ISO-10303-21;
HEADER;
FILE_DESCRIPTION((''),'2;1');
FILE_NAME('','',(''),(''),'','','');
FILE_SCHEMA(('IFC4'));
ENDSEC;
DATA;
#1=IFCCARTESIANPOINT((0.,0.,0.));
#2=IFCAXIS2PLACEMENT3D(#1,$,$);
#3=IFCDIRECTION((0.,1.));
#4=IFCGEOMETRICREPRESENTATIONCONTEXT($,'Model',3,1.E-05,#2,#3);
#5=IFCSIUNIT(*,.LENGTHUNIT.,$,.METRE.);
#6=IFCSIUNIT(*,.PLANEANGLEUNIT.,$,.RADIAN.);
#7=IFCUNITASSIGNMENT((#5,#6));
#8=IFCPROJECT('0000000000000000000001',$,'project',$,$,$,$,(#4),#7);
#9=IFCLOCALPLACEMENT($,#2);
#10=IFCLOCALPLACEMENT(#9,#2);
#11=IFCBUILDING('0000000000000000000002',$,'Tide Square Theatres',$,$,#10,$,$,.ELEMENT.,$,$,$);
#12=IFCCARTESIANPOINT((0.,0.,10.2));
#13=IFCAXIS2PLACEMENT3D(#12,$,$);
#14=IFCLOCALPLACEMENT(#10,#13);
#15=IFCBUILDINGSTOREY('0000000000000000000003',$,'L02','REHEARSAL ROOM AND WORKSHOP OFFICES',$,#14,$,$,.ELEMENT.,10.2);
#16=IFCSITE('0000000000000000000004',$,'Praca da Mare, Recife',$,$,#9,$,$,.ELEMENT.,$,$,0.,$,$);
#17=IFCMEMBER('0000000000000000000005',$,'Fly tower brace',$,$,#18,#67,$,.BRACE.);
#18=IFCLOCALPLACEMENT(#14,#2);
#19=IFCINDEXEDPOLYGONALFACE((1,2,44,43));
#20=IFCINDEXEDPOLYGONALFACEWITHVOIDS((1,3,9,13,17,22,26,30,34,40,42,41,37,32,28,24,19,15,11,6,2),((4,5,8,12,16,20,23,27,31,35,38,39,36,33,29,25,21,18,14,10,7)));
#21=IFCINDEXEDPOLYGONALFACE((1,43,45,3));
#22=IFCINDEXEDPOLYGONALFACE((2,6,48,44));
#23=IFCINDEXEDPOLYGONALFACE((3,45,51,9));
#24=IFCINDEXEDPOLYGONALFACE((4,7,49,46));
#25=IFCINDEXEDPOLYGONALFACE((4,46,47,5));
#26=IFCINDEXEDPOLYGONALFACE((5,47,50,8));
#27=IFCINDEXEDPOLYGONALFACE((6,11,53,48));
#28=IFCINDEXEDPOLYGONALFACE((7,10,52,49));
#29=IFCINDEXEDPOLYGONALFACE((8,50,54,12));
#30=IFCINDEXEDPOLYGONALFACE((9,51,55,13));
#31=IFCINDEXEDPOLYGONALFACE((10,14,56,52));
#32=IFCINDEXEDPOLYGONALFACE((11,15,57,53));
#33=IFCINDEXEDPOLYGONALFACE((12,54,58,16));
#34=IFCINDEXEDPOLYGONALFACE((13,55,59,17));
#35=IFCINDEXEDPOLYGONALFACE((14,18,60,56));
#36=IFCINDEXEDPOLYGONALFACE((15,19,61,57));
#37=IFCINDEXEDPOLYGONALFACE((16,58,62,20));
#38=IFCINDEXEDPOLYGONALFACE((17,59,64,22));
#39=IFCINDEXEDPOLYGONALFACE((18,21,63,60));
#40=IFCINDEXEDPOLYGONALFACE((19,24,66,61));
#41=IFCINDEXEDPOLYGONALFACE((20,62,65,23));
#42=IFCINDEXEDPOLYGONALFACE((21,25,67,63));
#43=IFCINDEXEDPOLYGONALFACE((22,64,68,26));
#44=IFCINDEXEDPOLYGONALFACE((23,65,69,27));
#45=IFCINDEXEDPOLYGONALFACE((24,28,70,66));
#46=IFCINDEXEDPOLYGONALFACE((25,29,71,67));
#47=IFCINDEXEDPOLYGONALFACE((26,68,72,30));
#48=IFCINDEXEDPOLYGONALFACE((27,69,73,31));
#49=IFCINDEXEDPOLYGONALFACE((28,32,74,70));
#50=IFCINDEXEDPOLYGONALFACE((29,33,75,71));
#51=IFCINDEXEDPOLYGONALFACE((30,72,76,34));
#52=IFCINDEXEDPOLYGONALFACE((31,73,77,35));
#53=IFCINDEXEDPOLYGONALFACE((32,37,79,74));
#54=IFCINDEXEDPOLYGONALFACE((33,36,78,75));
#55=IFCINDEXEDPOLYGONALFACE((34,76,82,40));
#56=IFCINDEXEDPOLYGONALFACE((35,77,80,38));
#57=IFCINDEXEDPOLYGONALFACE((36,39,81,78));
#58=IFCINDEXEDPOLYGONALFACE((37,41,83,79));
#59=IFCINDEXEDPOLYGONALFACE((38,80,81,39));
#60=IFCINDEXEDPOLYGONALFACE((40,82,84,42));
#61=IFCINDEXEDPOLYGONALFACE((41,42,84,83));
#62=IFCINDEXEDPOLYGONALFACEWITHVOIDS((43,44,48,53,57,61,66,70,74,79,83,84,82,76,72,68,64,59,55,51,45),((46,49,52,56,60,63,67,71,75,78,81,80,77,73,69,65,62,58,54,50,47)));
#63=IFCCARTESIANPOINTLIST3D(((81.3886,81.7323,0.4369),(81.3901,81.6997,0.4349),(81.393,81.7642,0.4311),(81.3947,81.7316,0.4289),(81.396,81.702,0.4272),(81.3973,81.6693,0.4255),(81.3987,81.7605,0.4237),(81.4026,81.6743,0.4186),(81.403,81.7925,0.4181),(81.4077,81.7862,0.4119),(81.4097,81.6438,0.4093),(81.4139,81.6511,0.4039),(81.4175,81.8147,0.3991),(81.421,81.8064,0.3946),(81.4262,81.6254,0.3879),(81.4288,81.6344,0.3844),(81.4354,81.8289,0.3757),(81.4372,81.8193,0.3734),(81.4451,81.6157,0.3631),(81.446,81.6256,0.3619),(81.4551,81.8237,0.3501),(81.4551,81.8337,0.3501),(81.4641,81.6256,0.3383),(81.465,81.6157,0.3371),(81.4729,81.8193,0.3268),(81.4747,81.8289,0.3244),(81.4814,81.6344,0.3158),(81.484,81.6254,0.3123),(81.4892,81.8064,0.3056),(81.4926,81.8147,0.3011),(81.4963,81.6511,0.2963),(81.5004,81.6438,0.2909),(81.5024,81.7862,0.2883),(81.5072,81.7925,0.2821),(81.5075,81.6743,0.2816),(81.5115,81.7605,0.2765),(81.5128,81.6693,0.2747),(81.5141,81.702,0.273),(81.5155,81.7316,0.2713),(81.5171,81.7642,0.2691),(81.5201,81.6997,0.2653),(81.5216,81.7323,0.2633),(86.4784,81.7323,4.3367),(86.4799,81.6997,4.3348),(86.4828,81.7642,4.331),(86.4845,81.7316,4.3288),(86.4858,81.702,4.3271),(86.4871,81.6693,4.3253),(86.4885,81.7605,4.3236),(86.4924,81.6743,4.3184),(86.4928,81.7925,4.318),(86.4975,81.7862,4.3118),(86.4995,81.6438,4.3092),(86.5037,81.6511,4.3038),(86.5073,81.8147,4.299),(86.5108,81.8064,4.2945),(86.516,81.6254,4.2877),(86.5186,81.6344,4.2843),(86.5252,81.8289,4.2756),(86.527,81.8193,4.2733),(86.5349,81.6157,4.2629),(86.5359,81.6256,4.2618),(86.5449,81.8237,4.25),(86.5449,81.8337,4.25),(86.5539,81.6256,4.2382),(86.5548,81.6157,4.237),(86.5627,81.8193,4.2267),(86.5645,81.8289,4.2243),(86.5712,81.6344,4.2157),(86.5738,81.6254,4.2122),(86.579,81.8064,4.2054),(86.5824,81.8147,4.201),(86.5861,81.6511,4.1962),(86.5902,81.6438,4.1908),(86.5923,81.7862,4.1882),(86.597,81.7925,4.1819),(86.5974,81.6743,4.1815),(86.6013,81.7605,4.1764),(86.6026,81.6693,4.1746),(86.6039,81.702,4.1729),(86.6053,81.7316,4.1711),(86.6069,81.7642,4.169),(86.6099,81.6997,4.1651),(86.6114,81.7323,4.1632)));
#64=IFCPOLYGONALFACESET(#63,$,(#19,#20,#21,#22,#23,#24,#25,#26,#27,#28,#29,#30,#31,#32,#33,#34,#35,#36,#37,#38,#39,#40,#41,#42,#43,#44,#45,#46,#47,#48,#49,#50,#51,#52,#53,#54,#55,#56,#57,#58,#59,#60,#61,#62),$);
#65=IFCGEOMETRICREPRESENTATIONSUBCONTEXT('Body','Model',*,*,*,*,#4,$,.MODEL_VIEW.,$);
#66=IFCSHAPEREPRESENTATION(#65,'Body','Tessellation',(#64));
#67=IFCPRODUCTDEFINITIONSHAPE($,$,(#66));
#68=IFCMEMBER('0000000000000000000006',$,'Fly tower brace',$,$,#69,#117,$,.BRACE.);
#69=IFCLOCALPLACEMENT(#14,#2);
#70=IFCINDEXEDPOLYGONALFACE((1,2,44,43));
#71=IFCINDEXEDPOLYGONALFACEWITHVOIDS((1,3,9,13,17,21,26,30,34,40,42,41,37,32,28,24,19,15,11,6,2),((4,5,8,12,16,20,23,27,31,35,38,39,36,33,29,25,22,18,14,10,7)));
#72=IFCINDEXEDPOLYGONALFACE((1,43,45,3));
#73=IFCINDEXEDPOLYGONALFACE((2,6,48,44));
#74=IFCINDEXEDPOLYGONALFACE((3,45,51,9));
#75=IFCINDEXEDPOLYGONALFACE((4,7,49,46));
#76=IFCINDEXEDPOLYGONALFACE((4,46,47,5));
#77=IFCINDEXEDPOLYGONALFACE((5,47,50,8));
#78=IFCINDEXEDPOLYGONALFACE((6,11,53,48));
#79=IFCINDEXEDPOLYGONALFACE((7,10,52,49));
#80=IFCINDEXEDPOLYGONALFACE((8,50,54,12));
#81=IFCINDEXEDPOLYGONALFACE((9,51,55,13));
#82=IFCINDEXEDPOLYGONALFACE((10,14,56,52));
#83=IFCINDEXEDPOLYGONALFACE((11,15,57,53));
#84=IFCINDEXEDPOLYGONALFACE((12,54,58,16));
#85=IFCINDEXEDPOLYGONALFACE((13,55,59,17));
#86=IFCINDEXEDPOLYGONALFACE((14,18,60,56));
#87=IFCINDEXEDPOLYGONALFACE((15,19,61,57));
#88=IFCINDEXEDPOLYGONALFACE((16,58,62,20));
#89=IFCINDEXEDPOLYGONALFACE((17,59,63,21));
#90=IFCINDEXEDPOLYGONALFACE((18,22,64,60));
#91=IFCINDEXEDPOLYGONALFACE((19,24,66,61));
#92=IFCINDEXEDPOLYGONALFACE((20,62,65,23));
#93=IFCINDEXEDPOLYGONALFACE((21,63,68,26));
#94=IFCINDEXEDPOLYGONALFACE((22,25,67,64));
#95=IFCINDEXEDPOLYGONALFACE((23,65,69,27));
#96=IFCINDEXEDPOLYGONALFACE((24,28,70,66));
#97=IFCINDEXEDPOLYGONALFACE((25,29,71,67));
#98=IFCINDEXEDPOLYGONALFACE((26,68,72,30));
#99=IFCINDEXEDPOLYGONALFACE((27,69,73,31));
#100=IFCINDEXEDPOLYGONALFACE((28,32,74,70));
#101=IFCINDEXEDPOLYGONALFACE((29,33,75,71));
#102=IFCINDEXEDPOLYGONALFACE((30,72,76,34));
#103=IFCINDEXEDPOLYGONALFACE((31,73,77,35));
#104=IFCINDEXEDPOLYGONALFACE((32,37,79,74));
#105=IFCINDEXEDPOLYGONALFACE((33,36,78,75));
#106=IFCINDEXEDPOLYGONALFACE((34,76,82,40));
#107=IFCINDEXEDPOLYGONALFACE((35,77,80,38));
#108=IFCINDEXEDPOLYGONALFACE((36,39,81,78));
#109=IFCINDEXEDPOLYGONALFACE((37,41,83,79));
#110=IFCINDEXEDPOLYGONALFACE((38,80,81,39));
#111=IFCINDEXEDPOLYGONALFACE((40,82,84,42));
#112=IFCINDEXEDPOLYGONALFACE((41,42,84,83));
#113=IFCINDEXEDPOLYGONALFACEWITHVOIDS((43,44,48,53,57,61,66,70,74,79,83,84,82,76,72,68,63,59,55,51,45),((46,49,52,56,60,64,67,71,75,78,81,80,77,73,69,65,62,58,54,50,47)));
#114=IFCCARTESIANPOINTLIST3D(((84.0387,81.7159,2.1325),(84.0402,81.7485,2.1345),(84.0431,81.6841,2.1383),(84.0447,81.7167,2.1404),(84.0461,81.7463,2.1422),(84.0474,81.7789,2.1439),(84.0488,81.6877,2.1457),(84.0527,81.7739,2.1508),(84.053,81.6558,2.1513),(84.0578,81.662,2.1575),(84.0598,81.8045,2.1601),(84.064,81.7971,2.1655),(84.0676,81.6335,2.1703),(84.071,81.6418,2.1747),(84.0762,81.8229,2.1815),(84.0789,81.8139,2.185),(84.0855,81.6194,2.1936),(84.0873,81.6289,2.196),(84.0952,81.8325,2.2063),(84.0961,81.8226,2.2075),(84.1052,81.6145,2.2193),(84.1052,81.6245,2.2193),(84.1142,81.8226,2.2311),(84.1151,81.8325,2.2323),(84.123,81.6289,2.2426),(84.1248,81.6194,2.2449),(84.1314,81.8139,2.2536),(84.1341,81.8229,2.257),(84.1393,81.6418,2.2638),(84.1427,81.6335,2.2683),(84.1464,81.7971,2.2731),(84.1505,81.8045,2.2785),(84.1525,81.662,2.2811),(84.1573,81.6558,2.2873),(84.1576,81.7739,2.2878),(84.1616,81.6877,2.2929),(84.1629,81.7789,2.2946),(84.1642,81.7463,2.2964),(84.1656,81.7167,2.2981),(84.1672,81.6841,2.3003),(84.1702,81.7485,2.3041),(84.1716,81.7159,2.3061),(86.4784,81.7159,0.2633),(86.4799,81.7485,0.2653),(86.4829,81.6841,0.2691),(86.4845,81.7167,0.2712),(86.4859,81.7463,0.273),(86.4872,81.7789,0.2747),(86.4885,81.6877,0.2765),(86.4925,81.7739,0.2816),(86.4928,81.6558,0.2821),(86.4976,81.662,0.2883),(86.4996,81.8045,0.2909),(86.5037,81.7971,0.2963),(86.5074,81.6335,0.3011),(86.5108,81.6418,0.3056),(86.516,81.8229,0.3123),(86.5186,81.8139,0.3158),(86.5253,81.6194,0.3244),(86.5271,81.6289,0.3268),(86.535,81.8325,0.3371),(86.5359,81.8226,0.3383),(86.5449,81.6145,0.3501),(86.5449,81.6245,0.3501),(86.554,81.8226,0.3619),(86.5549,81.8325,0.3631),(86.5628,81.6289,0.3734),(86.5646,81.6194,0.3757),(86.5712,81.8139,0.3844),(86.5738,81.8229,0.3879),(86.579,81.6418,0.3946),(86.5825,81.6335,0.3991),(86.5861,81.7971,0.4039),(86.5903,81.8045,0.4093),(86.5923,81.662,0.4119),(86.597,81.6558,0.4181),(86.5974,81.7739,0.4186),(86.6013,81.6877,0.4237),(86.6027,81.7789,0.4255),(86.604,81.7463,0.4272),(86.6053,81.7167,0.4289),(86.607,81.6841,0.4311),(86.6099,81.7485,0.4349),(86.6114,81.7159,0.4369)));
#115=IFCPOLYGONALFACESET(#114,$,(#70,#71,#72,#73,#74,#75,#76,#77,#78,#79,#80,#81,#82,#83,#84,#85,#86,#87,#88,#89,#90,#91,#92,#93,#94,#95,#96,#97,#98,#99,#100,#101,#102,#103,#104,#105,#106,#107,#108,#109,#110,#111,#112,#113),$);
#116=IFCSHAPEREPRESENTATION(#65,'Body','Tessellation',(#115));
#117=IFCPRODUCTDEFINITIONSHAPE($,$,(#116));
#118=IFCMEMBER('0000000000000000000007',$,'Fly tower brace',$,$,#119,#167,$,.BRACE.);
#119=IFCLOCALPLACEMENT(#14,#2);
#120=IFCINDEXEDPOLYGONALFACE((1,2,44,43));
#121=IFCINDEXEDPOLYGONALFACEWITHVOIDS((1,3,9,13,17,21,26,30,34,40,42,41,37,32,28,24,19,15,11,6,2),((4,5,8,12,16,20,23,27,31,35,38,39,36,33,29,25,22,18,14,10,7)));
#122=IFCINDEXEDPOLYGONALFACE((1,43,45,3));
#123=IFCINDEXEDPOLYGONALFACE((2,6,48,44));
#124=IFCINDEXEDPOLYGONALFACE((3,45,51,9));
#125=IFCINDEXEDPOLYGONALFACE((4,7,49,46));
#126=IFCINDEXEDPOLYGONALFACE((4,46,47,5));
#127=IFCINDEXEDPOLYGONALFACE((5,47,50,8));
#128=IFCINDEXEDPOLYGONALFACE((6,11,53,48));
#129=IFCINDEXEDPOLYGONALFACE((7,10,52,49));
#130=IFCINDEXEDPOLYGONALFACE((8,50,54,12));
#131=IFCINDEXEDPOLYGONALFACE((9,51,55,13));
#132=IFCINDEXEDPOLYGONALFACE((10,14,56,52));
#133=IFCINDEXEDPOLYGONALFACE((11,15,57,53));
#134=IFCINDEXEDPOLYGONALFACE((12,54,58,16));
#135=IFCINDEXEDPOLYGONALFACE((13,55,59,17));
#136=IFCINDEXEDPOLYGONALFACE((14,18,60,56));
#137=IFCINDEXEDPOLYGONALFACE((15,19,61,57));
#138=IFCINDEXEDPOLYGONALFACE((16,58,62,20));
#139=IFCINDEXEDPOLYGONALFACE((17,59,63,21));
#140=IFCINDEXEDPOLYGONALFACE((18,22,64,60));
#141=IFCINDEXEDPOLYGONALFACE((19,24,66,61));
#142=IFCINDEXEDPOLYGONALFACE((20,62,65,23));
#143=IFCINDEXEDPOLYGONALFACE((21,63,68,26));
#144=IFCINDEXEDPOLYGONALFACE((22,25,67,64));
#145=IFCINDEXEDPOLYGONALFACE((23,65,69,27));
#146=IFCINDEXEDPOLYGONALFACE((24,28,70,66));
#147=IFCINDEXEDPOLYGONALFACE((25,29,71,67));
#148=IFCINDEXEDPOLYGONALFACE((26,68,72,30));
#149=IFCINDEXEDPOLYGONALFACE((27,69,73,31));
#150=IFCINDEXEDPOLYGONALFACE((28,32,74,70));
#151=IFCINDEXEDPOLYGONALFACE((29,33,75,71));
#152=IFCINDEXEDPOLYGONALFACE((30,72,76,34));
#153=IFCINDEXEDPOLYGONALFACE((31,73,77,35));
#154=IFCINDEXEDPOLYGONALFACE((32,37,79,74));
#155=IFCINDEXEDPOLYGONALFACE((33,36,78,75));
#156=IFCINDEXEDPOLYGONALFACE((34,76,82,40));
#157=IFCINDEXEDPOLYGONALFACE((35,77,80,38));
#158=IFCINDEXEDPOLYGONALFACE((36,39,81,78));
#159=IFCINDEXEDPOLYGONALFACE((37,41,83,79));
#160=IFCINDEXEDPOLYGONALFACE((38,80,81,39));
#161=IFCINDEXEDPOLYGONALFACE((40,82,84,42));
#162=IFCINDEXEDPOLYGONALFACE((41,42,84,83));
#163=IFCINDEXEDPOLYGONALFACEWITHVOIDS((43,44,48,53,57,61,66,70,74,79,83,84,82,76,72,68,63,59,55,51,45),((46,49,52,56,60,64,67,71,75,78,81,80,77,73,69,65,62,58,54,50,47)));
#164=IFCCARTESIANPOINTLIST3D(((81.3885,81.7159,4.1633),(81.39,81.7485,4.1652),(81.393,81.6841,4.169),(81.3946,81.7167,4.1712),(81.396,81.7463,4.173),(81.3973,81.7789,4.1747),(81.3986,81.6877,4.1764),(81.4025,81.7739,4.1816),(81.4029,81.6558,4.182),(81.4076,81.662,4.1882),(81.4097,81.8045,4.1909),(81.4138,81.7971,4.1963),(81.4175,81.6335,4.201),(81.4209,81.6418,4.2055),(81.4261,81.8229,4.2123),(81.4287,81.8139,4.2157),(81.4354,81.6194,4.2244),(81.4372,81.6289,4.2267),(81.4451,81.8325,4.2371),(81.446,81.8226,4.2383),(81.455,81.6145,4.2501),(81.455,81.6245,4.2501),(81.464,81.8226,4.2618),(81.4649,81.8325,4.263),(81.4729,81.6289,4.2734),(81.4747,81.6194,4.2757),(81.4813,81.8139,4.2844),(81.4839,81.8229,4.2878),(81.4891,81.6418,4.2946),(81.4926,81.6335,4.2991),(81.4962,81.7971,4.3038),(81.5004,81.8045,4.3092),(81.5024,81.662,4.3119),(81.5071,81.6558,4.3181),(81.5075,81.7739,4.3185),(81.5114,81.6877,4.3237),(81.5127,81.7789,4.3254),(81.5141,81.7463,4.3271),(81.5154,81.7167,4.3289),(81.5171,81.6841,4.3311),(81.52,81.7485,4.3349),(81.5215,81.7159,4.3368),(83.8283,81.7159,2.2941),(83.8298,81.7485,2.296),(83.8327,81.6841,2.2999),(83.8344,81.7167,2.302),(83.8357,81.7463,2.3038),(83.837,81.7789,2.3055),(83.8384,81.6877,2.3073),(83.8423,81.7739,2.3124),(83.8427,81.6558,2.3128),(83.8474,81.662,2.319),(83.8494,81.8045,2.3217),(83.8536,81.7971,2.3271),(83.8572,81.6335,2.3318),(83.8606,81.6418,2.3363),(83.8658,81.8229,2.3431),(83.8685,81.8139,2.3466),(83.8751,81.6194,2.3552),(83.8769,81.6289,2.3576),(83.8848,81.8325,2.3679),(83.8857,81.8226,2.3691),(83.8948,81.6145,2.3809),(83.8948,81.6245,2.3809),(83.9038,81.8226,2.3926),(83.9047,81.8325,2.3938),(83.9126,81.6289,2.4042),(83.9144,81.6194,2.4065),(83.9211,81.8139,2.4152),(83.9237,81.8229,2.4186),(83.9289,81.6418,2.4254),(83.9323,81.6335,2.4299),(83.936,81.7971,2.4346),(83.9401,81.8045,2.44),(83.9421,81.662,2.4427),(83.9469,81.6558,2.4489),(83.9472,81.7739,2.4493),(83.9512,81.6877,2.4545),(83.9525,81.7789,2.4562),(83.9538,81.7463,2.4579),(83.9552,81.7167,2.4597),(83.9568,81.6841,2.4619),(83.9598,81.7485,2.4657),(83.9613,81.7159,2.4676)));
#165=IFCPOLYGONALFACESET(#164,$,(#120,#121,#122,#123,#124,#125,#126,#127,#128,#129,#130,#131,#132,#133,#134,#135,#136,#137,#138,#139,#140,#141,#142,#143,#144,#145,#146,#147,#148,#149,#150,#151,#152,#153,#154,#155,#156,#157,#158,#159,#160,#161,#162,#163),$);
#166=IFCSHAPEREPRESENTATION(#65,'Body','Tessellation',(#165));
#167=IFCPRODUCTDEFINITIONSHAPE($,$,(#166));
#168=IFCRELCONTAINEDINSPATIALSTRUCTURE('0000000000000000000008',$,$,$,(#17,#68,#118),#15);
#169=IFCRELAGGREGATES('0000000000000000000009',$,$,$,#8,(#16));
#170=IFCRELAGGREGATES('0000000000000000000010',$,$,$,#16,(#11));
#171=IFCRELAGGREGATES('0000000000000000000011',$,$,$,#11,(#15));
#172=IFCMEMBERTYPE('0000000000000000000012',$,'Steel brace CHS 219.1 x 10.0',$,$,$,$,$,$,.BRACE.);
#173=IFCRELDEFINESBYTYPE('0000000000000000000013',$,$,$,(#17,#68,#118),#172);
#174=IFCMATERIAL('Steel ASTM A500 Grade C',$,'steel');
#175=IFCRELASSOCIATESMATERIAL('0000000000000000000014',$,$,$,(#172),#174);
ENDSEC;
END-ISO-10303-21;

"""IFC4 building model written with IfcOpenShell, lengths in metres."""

from ifc_helpers import new_model, si_unit, direction, frame, origin, origin_2d, place, context, subcontext, project, spatial, hollow_circle, extrude, material, material_profile, profile_set, type_object, element, save


model = new_model("IFC4")

# Units and contexts
model_context = context("Model", 3, precision=1e-05, world=origin(), true_north=direction((0.0, 1.0)))
body_context = subcontext(model_context, "Body", "Model", "MODEL_VIEW")
ifc_project = project(units=[si_unit("LENGTHUNIT", "METRE"), si_unit("PLANEANGLEUNIT", "RADIAN")], contexts=[model_context])

# Site, building, storey
site_placement = place(None, origin())
site = spatial("IfcSite", under=ifc_project, at=site_placement, Name="Praca da Mare, Recife", CompositionType="ELEMENT", RefElevation=0.0)
building_placement = place(site_placement, origin())
building = spatial("IfcBuilding", under=site, at=building_placement, Name="Tide Square Theatres", CompositionType="ELEMENT")
storey_placement = place(building_placement, frame((0.0, 0.0, 10.2)))
storey = spatial("IfcBuildingStorey", under=building, at=storey_placement, Name="L02", Description="REHEARSAL ROOM AND WORKSHOP OFFICES", CompositionType="ELEMENT", Elevation=10.2)

# Members
ifc_material_1 = material(Name="Steel ASTM A500 Grade C", Category="steel")
ifc_material_profile_1 = material_profile(ifc_material_1, hollow_circle(Radius=0.1096, WallThickness=0.01, at=origin_2d()))
ifc_profile_set_1 = profile_set([ifc_material_profile_1], Name="Steel ASTM A500 Grade C")
member_type = type_object("IfcMemberType", Name="Steel brace CHS 219.1 x 10.0", PredefinedType="BRACE", material=ifc_profile_set_1)
member_1_placement = place(storey_placement, frame((81.4551, 81.7241, 0.3501), z_axis=(0.79378, 0.0, 0.608205), x_axis=(0.0, 1.0, 0.0)))
element("IfcMember", 1, at=member_1_placement, inside=storey, type_object=member_type, Name="Fly tower brace", PredefinedType="BRACE", context=body_context, shape_type="SweptSolid", body=[
    extrude(hollow_circle(Radius=0.1096, WallThickness=0.01, at=origin_2d()), origin(), (0.0, 0.0, 1.0), 6.4121),
])
for number, where, z_axis, x_axis, name in (
    (2, (86.5449, 81.7241, 0.3501), (-0.79381, 0.0, 0.608166), (0.0, -1.0, 0.0), "Fly tower brace"),
    (3, (83.8948, 81.7241, 2.3809), (-0.79381, 0.0, 0.608166), (0.0, -1.0, 0.0), "Fly tower brace"),
):
    element("IfcMember", number, at=place(storey_placement, frame(where, z_axis=z_axis, x_axis=x_axis)), inside=storey, type_object=member_type, Name=name, PredefinedType="BRACE", context=body_context, shape_type="SweptSolid", body=[
        extrude(hollow_circle(Radius=0.1096, WallThickness=0.01, at=origin_2d()), origin(), (0.0, 0.0, 1.0), 3.0735),
    ])

save(model, "model.ifc")
